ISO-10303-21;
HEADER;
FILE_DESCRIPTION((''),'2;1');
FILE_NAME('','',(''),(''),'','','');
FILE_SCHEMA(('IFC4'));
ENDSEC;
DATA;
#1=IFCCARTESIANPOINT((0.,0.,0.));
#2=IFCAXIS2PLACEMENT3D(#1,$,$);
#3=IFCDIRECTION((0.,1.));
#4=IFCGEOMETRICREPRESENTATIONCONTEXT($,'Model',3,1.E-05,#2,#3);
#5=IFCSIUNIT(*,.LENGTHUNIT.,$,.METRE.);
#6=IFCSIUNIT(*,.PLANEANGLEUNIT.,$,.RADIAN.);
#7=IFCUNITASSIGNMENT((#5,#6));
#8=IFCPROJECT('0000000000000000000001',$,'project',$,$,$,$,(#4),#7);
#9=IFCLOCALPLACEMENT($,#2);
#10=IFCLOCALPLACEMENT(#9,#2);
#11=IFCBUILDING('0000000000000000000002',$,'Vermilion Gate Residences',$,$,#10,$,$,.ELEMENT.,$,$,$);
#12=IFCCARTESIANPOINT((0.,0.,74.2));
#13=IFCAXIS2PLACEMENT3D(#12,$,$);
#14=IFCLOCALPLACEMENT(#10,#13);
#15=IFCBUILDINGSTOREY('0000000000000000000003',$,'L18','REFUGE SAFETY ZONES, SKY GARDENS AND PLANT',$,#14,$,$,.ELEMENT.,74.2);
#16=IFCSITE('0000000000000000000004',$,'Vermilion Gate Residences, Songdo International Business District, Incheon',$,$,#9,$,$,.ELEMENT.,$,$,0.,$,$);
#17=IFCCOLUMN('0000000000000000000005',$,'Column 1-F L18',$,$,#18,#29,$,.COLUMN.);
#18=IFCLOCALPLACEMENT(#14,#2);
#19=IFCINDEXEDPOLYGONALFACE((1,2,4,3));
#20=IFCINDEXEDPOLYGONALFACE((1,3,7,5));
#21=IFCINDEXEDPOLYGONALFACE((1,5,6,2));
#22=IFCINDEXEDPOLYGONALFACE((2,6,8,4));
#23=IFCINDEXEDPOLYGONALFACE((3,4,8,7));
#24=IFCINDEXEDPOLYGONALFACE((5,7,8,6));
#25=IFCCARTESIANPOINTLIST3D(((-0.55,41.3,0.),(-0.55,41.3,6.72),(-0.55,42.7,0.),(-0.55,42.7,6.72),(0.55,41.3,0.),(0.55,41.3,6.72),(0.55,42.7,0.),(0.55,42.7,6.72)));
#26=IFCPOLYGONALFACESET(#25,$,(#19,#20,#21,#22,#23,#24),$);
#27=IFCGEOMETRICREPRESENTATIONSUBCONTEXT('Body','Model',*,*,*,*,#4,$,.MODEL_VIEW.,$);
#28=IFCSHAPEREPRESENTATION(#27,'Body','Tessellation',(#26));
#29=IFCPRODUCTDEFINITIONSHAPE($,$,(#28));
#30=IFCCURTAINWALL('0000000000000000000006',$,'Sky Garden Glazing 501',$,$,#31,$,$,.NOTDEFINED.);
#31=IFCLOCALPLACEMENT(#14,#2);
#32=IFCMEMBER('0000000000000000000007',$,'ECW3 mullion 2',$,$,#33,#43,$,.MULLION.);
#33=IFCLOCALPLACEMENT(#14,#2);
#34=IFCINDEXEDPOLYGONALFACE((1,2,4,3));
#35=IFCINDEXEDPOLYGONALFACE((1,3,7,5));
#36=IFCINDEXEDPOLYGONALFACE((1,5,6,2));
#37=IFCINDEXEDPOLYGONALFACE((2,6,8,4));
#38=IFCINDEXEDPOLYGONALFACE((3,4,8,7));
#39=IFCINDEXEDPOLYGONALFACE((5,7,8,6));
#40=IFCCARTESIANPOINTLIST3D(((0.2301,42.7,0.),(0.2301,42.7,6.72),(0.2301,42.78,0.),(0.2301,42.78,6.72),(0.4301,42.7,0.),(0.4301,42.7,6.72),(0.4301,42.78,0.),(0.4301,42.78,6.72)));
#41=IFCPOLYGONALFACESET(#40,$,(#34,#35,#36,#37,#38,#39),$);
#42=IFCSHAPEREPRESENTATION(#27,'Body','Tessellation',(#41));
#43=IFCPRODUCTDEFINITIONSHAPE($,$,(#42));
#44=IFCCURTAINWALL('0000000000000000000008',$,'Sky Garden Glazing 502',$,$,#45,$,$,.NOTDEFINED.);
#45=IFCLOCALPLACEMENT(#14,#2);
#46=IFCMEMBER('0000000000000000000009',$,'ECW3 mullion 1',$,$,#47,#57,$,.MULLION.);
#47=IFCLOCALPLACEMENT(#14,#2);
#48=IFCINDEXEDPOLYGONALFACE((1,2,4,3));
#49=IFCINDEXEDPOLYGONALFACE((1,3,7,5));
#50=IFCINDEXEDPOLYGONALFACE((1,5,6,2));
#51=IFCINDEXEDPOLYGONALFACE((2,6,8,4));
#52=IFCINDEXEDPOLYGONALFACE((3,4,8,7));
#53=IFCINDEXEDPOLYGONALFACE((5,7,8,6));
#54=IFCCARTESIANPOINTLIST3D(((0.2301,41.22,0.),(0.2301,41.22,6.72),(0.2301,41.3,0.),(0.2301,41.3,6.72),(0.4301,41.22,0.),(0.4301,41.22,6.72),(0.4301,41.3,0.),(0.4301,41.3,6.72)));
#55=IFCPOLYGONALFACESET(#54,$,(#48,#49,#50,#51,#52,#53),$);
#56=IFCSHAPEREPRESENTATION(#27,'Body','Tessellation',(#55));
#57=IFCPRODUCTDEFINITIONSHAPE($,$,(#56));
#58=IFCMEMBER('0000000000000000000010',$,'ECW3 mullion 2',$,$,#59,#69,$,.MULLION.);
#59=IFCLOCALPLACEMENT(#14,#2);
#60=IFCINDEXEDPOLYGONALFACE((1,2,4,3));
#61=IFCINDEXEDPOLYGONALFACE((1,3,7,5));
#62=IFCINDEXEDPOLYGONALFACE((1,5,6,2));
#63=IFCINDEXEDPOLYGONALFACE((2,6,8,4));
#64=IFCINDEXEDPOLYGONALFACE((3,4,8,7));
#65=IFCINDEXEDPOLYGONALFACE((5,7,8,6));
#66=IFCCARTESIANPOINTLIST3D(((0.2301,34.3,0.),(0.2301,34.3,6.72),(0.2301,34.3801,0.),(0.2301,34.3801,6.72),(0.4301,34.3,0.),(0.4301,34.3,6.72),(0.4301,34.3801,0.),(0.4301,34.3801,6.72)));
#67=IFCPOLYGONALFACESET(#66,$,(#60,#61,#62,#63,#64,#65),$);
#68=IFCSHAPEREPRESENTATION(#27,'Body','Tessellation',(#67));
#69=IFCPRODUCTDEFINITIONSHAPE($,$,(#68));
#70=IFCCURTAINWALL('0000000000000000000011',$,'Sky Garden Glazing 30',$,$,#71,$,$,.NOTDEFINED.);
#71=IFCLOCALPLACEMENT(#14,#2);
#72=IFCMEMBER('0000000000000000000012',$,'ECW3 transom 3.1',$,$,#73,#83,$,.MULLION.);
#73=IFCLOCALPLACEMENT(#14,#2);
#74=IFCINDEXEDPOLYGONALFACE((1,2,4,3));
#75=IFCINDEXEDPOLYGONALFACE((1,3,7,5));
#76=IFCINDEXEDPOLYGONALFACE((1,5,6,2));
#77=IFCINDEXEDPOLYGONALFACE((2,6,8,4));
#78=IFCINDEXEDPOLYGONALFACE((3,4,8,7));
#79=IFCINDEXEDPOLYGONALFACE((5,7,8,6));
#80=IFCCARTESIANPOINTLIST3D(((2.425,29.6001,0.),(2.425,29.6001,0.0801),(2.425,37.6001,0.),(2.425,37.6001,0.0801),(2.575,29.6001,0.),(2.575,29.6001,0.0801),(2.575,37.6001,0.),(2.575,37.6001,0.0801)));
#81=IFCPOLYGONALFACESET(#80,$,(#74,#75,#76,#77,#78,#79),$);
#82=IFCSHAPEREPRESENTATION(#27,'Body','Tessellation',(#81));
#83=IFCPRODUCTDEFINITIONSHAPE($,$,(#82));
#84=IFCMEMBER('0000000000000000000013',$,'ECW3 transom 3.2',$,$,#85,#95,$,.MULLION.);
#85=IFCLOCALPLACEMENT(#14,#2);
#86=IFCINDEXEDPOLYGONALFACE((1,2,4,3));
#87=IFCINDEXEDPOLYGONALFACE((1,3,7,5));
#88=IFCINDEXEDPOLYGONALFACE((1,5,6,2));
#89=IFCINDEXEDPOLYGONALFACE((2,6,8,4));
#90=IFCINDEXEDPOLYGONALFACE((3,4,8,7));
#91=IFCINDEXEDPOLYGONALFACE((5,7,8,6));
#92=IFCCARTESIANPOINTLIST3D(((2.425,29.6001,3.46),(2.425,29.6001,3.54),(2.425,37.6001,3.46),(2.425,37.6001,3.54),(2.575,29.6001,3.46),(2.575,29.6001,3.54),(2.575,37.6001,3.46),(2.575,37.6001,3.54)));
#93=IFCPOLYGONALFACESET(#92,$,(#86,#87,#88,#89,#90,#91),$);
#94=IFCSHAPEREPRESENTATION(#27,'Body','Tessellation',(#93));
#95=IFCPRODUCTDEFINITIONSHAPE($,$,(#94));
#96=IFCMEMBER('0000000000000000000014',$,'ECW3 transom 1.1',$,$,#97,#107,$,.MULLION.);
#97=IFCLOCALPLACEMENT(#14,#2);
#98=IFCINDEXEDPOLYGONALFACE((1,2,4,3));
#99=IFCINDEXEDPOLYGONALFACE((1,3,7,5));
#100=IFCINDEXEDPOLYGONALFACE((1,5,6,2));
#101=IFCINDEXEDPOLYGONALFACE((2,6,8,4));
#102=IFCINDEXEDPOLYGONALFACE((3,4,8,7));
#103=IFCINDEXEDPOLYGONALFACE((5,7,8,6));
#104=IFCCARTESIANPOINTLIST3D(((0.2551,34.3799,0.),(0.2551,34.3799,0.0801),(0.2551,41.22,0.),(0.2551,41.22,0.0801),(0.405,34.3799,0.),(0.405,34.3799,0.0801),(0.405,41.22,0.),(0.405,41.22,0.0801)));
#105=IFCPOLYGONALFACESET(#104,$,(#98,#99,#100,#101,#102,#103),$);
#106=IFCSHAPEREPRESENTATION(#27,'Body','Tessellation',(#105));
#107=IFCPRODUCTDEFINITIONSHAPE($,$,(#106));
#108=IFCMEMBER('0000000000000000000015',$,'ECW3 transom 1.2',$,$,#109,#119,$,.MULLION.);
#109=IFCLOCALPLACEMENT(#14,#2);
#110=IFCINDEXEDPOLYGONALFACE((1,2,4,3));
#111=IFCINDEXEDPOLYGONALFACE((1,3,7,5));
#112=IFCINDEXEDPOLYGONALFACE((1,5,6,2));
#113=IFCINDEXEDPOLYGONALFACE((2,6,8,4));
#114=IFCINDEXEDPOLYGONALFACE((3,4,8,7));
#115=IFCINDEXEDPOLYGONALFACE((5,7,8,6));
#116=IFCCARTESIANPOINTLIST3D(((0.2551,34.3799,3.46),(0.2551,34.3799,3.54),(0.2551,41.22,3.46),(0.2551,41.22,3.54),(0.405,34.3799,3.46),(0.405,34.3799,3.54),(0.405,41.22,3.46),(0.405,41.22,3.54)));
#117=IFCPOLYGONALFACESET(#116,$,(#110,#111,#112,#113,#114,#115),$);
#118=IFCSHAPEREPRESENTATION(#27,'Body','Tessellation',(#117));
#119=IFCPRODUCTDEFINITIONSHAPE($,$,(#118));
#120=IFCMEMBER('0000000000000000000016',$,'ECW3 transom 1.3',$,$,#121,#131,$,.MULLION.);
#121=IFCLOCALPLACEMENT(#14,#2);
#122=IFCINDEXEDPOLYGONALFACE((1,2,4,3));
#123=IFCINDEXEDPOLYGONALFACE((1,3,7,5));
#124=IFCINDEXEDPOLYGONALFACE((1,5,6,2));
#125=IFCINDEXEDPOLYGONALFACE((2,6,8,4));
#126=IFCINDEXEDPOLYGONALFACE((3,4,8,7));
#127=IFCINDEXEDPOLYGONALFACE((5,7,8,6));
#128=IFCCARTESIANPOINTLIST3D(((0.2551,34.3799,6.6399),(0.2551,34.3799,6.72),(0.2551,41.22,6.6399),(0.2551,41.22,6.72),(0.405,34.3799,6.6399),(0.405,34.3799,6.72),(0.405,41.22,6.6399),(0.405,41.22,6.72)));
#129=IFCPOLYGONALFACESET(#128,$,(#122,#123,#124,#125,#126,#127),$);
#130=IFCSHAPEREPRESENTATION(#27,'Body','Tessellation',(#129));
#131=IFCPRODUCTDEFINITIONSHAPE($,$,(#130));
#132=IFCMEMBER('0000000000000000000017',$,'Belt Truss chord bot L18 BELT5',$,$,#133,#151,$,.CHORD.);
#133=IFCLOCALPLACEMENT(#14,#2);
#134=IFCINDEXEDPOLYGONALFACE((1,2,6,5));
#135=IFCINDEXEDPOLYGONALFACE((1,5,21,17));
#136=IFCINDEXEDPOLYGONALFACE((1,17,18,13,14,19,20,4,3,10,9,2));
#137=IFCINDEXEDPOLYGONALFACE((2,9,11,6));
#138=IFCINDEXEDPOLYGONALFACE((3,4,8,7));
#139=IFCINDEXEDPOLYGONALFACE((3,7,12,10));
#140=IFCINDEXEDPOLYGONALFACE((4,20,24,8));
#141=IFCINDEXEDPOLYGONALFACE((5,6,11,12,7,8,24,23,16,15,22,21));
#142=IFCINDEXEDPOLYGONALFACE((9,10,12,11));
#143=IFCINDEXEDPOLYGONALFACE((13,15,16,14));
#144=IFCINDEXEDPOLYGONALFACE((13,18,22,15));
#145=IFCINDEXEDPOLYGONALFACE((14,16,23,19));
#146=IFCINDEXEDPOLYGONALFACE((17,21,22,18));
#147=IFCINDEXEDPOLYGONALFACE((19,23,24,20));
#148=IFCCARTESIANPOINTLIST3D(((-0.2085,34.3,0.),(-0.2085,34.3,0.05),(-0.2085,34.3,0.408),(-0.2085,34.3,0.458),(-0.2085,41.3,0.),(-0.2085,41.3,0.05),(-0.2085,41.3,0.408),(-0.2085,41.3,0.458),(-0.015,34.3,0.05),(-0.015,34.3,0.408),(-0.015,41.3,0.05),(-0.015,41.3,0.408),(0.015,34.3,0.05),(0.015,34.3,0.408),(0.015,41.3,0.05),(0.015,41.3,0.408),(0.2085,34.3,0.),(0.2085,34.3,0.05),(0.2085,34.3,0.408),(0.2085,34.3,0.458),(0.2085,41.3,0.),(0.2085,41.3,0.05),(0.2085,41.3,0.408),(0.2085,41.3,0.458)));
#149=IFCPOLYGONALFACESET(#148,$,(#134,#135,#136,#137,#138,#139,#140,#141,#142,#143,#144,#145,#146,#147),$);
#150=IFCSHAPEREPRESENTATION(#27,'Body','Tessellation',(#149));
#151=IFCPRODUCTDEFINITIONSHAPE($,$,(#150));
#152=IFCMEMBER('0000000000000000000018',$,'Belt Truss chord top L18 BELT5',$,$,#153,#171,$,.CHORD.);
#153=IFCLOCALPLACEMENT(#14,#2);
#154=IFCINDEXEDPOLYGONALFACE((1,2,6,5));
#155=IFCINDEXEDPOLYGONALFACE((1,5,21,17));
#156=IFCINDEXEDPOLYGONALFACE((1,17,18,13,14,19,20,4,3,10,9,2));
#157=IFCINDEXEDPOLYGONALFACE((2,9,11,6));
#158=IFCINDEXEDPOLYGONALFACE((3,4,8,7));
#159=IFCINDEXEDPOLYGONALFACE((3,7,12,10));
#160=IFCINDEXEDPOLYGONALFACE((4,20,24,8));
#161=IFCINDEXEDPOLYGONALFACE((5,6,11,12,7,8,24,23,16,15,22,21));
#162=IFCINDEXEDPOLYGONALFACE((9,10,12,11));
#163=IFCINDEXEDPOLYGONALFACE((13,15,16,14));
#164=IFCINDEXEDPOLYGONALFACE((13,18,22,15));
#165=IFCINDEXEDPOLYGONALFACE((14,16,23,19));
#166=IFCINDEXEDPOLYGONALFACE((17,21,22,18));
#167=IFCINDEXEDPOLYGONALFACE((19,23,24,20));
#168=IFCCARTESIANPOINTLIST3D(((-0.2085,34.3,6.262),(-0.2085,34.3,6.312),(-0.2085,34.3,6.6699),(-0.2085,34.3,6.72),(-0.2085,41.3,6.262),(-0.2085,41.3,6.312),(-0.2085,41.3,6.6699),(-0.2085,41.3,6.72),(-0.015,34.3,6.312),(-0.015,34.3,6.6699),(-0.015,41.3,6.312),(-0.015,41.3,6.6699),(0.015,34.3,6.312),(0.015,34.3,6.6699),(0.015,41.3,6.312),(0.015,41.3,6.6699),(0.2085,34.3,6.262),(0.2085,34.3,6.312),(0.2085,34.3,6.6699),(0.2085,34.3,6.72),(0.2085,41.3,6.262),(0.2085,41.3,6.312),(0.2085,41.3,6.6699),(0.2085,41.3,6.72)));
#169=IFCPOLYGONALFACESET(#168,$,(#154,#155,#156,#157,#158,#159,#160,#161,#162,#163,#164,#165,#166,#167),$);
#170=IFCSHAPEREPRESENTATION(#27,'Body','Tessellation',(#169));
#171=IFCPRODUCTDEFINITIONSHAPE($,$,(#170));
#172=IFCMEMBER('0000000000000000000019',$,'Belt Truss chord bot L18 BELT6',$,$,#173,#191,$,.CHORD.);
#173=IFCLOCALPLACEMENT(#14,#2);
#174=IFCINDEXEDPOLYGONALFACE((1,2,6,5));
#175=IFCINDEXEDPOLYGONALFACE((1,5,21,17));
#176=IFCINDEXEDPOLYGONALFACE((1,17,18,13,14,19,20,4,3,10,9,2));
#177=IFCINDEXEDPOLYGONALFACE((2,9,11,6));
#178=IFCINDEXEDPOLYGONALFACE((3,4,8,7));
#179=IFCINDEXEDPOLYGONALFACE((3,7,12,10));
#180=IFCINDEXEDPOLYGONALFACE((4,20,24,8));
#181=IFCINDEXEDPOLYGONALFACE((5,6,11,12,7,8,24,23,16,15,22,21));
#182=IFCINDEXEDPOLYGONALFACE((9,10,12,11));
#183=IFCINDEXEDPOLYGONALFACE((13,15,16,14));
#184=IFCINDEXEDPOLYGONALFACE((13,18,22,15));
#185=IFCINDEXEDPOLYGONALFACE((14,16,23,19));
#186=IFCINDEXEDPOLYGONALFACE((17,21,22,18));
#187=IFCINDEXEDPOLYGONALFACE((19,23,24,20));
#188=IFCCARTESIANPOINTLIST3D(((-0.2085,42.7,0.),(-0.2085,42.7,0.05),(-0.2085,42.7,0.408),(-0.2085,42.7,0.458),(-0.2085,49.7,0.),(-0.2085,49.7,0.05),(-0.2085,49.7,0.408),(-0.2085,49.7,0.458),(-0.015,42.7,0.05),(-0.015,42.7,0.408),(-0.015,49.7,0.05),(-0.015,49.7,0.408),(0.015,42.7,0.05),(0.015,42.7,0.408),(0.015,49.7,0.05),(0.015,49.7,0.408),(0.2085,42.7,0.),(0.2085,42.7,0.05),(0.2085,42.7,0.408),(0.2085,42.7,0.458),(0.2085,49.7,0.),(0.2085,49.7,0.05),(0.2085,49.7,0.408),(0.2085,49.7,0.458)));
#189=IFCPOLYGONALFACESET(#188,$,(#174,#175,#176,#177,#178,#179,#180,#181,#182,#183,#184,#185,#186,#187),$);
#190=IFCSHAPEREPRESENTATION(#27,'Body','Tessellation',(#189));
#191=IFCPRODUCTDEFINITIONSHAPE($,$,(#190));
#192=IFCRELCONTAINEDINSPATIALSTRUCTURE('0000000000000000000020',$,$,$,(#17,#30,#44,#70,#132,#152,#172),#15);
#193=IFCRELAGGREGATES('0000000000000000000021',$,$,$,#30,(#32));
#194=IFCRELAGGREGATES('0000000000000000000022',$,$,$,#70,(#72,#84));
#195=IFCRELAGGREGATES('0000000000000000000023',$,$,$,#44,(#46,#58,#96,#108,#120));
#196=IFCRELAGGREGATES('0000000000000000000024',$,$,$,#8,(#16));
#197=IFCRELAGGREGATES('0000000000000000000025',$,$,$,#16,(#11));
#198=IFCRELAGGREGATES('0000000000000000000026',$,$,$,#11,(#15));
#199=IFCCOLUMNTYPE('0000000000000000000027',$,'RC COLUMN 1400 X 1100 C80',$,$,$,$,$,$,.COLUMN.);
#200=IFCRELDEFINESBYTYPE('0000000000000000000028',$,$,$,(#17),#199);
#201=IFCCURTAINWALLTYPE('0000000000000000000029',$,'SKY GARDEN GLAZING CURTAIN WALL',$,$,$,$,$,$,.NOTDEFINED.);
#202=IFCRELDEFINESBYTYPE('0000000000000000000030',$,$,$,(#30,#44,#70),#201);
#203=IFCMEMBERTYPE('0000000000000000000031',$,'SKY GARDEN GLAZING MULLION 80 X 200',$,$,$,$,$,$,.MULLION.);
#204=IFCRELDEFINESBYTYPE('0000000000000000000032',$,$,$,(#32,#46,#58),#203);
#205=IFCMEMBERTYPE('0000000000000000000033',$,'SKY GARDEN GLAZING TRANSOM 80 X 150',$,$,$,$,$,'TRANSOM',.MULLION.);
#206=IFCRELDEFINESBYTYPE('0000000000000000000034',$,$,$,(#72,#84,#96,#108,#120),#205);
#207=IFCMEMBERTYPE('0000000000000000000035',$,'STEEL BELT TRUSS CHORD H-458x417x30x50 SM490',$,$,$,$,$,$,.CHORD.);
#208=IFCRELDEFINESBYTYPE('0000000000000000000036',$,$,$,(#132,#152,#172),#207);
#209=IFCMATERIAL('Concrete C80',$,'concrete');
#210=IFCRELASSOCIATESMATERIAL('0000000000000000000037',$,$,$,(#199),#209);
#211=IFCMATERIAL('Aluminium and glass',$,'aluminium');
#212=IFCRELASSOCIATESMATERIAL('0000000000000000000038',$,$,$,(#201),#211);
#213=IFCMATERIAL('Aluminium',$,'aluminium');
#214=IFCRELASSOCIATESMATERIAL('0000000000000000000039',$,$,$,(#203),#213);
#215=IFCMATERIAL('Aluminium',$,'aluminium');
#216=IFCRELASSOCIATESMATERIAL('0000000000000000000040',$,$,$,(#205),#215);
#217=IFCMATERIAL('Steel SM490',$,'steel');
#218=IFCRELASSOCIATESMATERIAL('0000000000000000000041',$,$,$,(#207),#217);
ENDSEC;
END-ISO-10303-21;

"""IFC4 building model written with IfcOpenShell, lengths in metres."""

from ifc_helpers import new_model, si_unit, direction, frame, origin, origin_2d, place, context, subcontext, project, spatial, rectangle, i_section, extrude, material, material_profile, profile_set, type_object, element, aggregate, save


model = new_model("IFC4")

# Units and contexts
model_context = context("Model", 3, precision=1e-05, world=origin(), true_north=direction((0.0, 1.0)))
body_context = subcontext(model_context, "Body", "Model", "MODEL_VIEW")
ifc_project = project(units=[si_unit("LENGTHUNIT", "METRE"), si_unit("PLANEANGLEUNIT", "RADIAN")], contexts=[model_context])

# Site, building, storey
site_placement = place(None, origin())
site = spatial("IfcSite", under=ifc_project, at=site_placement, Name="Vermilion Gate Residences, Songdo International Business District, Incheon", CompositionType="ELEMENT", RefElevation=0.0)
building_placement = place(site_placement, origin())
building = spatial("IfcBuilding", under=site, at=building_placement, Name="Vermilion Gate Residences", CompositionType="ELEMENT")
storey_placement = place(building_placement, frame((0.0, 0.0, 74.2)))
storey = spatial("IfcBuildingStorey", under=building, at=storey_placement, Name="L18", Description="REFUGE SAFETY ZONES, SKY GARDENS AND PLANT", CompositionType="ELEMENT", Elevation=74.2)

# Column
ifc_material_1 = material(Name="Concrete C80", Category="concrete")
ifc_material_profile_1 = material_profile(ifc_material_1, rectangle(XDim=1.3999, YDim=1.1001, at=origin_2d()), Name="RC-1400x1100")
ifc_profile_set_1 = profile_set([ifc_material_profile_1], Name="Concrete C80")
column_type = type_object("IfcColumnType", Name="RC COLUMN 1400 X 1100 C80", PredefinedType="COLUMN", material=ifc_profile_set_1)
column_placement = place(storey_placement, frame((0.0, 42.0, 0.0), z_axis=(0.0, 0.0, 1.0), x_axis=(0.0, 1.0, 0.0)))
element("IfcColumn", 1, at=column_placement, inside=storey, type_object=column_type, Name="Column 1-F L18", PredefinedType="COLUMN", context=body_context, shape_type="SweptSolid", body=[
    extrude(rectangle(XDim=1.3999, YDim=1.1001, at=origin_2d()), origin(), (0.0, 0.0, 1.0), 6.72),
])

# Curtain wall, member
ifc_material_2 = material(Name="Aluminium and glass", Category="aluminium")
curtain_wall_type = type_object("IfcCurtainWallType", Name="SKY GARDEN GLAZING CURTAIN WALL", PredefinedType="NOTDEFINED", material=ifc_material_2)
curtain_wall_1_placement = place(storey_placement, origin())
curtain_wall_1 = element("IfcCurtainWall", 2, at=curtain_wall_1_placement, inside=storey, type_object=curtain_wall_type, Name="Sky Garden Glazing 501", PredefinedType="NOTDEFINED")
ifc_material_3 = material(Name="Aluminium", Category="aluminium")
ifc_material_profile_2 = material_profile(ifc_material_3, rectangle(XDim=0.2, YDim=0.0801, at=origin_2d()), Name="MULLION 80 X 200")
ifc_profile_set_2 = profile_set([ifc_material_profile_2], Name="Aluminium")
member_type_1 = type_object("IfcMemberType", Name="SKY GARDEN GLAZING MULLION 80 X 200", PredefinedType="MULLION", material=ifc_profile_set_2)
member_1_placement = place(storey_placement, frame((0.3301, 42.74, 0.0), z_axis=(0.0, 0.0, 1.0), x_axis=(1.0, 0.0, 0.0)))
member_1 = element("IfcMember", 3, at=member_1_placement, type_object=member_type_1, Name="ECW3 mullion 2", PredefinedType="MULLION", context=body_context, shape_type="SweptSolid", body=[
    extrude(rectangle(XDim=0.2, YDim=0.0801, at=origin_2d()), origin(), (0.0, 0.0, 1.0), 6.72),
])
aggregate(curtain_wall_1, [member_1])

# Curtain walls, members
curtain_wall_2_placement = place(storey_placement, origin())
curtain_wall_2 = element("IfcCurtainWall", 4, at=curtain_wall_2_placement, inside=storey, type_object=curtain_wall_type, Name="Sky Garden Glazing 502", PredefinedType="NOTDEFINED")
member_2_placement = place(storey_placement, frame((0.3301, 41.26, 0.0), z_axis=(0.0, 0.0, 1.0), x_axis=(1.0, 0.0, 0.0)))
member_2 = element("IfcMember", 5, at=member_2_placement, type_object=member_type_1, Name="ECW3 mullion 1", PredefinedType="MULLION", context=body_context, shape_type="SweptSolid", body=[
    extrude(rectangle(XDim=0.2, YDim=0.0801, at=origin_2d()), origin(), (0.0, 0.0, 1.0), 6.72),
])
member_3_placement = place(storey_placement, frame((0.3301, 34.3401, 0.0), z_axis=(0.0, 0.0, 1.0), x_axis=(1.0, 0.0, 0.0)))
member_3 = element("IfcMember", 6, at=member_3_placement, type_object=member_type_1, Name="ECW3 mullion 2", PredefinedType="MULLION", context=body_context, shape_type="SweptSolid", body=[
    extrude(rectangle(XDim=0.2, YDim=0.0801, at=origin_2d()), origin(), (0.0, 0.0, 1.0), 6.72),
])
curtain_wall_3_placement = place(storey_placement, origin())
curtain_wall_3 = element("IfcCurtainWall", 7, at=curtain_wall_3_placement, inside=storey, type_object=curtain_wall_type, Name="Sky Garden Glazing 30", PredefinedType="NOTDEFINED")
ifc_material_4 = material(Name="Aluminium", Category="aluminium")
ifc_material_profile_3 = material_profile(ifc_material_4, rectangle(XDim=0.1499, YDim=0.0801, at=origin_2d()), Name="TRANSOM 80 X 150")
ifc_profile_set_3 = profile_set([ifc_material_profile_3], Name="Aluminium")
member_type_2 = type_object("IfcMemberType", Name="SKY GARDEN GLAZING TRANSOM 80 X 150", ElementType="TRANSOM", PredefinedType="MULLION", material=ifc_profile_set_3)
member_4_placement = place(storey_placement, frame((2.5, 37.6001, 0.04), z_axis=(0.0, -1.0, 0.0), x_axis=(1.0, 0.0, 0.0)))
member_4 = element("IfcMember", 8, at=member_4_placement, type_object=member_type_2, Name="ECW3 transom 3.1", PredefinedType="MULLION", context=body_context, shape_type="SweptSolid", body=[
    extrude(rectangle(XDim=0.1499, YDim=0.0801, at=origin_2d()), origin(), (0.0, 0.0, 1.0), 8.0),
])
member_5_placement = place(storey_placement, frame((2.5, 37.6001, 3.5), z_axis=(0.0, -1.0, 0.0), x_axis=(1.0, 0.0, 0.0)))
member_5 = element("IfcMember", 9, at=member_5_placement, type_object=member_type_2, Name="ECW3 transom 3.2", PredefinedType="MULLION", context=body_context, shape_type="SweptSolid", body=[
    extrude(rectangle(XDim=0.1499, YDim=0.0801, at=origin_2d()), origin(), (0.0, 0.0, 1.0), 8.0),
])
aggregate(curtain_wall_3, [member_4, member_5])

# Members
member_6_placement = place(storey_placement, frame((0.3301, 41.22, 0.04), z_axis=(0.0, -1.0, 0.0), x_axis=(1.0, 0.0, 0.0)))
member_6 = element("IfcMember", 10, at=member_6_placement, type_object=member_type_2, Name="ECW3 transom 1.1", PredefinedType="MULLION", context=body_context, shape_type="SweptSolid", body=[
    extrude(rectangle(XDim=0.1499, YDim=0.0801, at=origin_2d()), origin(), (0.0, 0.0, 1.0), 6.8401),
])
member_7_placement = place(storey_placement, frame((0.3301, 41.22, 3.5), z_axis=(0.0, -1.0, 0.0), x_axis=(1.0, 0.0, 0.0)))
member_7 = element("IfcMember", 11, at=member_7_placement, type_object=member_type_2, Name="ECW3 transom 1.2", PredefinedType="MULLION", context=body_context, shape_type="SweptSolid", body=[
    extrude(rectangle(XDim=0.1499, YDim=0.0801, at=origin_2d()), origin(), (0.0, 0.0, 1.0), 6.8401),
])
member_8_placement = place(storey_placement, frame((0.3301, 41.22, 6.6799), z_axis=(0.0, -1.0, 0.0), x_axis=(1.0, 0.0, 0.0)))
member_8 = element("IfcMember", 12, at=member_8_placement, type_object=member_type_2, Name="ECW3 transom 1.3", PredefinedType="MULLION", context=body_context, shape_type="SweptSolid", body=[
    extrude(rectangle(XDim=0.1499, YDim=0.0801, at=origin_2d()), origin(), (0.0, 0.0, 1.0), 6.8401),
])

# Members
ifc_material_5 = material(Name="Steel SM490", Category="steel")
ifc_material_profile_4 = material_profile(ifc_material_5, i_section(OverallWidth=0.417, OverallDepth=0.458, WebThickness=0.03, FlangeThickness=0.05, at=origin_2d()), Name="H-458x417x30x50")
ifc_profile_set_4 = profile_set([ifc_material_profile_4], Name="Steel SM490")
member_type_3 = type_object("IfcMemberType", Name="STEEL BELT TRUSS CHORD H-458x417x30x50 SM490", PredefinedType="CHORD", material=ifc_profile_set_4)
for number, where, z_axis, x_axis, name in (
    (13, (0.0, 34.3, 0.229), (0.0, 1.0, 0.0), (-1.0, 0.0, 0.0), "Belt Truss chord bot L18 BELT5"),
    (14, (0.0, 34.3, 6.491), (0.0, 1.0, 0.0), (-1.0, 0.0, 0.0), "Belt Truss chord top L18 BELT5"),
    (15, (0.0, 42.7, 0.229), (0.0, 1.0, 0.0), (-1.0, 0.0, 0.0), "Belt Truss chord bot L18 BELT6"),
):
    element("IfcMember", number, at=place(storey_placement, frame(where, z_axis=z_axis, x_axis=x_axis)), inside=storey, type_object=member_type_3, Name=name, PredefinedType="CHORD", context=body_context, shape_type="SweptSolid", body=[
        extrude(i_section(OverallWidth=0.417, OverallDepth=0.458, WebThickness=0.03, FlangeThickness=0.05, at=origin_2d()), origin(), (0.0, 0.0, 1.0), 7.0),
    ])

aggregate(curtain_wall_2, [member_2, member_3, member_6, member_7, member_8])

save(model, "model.ifc")
